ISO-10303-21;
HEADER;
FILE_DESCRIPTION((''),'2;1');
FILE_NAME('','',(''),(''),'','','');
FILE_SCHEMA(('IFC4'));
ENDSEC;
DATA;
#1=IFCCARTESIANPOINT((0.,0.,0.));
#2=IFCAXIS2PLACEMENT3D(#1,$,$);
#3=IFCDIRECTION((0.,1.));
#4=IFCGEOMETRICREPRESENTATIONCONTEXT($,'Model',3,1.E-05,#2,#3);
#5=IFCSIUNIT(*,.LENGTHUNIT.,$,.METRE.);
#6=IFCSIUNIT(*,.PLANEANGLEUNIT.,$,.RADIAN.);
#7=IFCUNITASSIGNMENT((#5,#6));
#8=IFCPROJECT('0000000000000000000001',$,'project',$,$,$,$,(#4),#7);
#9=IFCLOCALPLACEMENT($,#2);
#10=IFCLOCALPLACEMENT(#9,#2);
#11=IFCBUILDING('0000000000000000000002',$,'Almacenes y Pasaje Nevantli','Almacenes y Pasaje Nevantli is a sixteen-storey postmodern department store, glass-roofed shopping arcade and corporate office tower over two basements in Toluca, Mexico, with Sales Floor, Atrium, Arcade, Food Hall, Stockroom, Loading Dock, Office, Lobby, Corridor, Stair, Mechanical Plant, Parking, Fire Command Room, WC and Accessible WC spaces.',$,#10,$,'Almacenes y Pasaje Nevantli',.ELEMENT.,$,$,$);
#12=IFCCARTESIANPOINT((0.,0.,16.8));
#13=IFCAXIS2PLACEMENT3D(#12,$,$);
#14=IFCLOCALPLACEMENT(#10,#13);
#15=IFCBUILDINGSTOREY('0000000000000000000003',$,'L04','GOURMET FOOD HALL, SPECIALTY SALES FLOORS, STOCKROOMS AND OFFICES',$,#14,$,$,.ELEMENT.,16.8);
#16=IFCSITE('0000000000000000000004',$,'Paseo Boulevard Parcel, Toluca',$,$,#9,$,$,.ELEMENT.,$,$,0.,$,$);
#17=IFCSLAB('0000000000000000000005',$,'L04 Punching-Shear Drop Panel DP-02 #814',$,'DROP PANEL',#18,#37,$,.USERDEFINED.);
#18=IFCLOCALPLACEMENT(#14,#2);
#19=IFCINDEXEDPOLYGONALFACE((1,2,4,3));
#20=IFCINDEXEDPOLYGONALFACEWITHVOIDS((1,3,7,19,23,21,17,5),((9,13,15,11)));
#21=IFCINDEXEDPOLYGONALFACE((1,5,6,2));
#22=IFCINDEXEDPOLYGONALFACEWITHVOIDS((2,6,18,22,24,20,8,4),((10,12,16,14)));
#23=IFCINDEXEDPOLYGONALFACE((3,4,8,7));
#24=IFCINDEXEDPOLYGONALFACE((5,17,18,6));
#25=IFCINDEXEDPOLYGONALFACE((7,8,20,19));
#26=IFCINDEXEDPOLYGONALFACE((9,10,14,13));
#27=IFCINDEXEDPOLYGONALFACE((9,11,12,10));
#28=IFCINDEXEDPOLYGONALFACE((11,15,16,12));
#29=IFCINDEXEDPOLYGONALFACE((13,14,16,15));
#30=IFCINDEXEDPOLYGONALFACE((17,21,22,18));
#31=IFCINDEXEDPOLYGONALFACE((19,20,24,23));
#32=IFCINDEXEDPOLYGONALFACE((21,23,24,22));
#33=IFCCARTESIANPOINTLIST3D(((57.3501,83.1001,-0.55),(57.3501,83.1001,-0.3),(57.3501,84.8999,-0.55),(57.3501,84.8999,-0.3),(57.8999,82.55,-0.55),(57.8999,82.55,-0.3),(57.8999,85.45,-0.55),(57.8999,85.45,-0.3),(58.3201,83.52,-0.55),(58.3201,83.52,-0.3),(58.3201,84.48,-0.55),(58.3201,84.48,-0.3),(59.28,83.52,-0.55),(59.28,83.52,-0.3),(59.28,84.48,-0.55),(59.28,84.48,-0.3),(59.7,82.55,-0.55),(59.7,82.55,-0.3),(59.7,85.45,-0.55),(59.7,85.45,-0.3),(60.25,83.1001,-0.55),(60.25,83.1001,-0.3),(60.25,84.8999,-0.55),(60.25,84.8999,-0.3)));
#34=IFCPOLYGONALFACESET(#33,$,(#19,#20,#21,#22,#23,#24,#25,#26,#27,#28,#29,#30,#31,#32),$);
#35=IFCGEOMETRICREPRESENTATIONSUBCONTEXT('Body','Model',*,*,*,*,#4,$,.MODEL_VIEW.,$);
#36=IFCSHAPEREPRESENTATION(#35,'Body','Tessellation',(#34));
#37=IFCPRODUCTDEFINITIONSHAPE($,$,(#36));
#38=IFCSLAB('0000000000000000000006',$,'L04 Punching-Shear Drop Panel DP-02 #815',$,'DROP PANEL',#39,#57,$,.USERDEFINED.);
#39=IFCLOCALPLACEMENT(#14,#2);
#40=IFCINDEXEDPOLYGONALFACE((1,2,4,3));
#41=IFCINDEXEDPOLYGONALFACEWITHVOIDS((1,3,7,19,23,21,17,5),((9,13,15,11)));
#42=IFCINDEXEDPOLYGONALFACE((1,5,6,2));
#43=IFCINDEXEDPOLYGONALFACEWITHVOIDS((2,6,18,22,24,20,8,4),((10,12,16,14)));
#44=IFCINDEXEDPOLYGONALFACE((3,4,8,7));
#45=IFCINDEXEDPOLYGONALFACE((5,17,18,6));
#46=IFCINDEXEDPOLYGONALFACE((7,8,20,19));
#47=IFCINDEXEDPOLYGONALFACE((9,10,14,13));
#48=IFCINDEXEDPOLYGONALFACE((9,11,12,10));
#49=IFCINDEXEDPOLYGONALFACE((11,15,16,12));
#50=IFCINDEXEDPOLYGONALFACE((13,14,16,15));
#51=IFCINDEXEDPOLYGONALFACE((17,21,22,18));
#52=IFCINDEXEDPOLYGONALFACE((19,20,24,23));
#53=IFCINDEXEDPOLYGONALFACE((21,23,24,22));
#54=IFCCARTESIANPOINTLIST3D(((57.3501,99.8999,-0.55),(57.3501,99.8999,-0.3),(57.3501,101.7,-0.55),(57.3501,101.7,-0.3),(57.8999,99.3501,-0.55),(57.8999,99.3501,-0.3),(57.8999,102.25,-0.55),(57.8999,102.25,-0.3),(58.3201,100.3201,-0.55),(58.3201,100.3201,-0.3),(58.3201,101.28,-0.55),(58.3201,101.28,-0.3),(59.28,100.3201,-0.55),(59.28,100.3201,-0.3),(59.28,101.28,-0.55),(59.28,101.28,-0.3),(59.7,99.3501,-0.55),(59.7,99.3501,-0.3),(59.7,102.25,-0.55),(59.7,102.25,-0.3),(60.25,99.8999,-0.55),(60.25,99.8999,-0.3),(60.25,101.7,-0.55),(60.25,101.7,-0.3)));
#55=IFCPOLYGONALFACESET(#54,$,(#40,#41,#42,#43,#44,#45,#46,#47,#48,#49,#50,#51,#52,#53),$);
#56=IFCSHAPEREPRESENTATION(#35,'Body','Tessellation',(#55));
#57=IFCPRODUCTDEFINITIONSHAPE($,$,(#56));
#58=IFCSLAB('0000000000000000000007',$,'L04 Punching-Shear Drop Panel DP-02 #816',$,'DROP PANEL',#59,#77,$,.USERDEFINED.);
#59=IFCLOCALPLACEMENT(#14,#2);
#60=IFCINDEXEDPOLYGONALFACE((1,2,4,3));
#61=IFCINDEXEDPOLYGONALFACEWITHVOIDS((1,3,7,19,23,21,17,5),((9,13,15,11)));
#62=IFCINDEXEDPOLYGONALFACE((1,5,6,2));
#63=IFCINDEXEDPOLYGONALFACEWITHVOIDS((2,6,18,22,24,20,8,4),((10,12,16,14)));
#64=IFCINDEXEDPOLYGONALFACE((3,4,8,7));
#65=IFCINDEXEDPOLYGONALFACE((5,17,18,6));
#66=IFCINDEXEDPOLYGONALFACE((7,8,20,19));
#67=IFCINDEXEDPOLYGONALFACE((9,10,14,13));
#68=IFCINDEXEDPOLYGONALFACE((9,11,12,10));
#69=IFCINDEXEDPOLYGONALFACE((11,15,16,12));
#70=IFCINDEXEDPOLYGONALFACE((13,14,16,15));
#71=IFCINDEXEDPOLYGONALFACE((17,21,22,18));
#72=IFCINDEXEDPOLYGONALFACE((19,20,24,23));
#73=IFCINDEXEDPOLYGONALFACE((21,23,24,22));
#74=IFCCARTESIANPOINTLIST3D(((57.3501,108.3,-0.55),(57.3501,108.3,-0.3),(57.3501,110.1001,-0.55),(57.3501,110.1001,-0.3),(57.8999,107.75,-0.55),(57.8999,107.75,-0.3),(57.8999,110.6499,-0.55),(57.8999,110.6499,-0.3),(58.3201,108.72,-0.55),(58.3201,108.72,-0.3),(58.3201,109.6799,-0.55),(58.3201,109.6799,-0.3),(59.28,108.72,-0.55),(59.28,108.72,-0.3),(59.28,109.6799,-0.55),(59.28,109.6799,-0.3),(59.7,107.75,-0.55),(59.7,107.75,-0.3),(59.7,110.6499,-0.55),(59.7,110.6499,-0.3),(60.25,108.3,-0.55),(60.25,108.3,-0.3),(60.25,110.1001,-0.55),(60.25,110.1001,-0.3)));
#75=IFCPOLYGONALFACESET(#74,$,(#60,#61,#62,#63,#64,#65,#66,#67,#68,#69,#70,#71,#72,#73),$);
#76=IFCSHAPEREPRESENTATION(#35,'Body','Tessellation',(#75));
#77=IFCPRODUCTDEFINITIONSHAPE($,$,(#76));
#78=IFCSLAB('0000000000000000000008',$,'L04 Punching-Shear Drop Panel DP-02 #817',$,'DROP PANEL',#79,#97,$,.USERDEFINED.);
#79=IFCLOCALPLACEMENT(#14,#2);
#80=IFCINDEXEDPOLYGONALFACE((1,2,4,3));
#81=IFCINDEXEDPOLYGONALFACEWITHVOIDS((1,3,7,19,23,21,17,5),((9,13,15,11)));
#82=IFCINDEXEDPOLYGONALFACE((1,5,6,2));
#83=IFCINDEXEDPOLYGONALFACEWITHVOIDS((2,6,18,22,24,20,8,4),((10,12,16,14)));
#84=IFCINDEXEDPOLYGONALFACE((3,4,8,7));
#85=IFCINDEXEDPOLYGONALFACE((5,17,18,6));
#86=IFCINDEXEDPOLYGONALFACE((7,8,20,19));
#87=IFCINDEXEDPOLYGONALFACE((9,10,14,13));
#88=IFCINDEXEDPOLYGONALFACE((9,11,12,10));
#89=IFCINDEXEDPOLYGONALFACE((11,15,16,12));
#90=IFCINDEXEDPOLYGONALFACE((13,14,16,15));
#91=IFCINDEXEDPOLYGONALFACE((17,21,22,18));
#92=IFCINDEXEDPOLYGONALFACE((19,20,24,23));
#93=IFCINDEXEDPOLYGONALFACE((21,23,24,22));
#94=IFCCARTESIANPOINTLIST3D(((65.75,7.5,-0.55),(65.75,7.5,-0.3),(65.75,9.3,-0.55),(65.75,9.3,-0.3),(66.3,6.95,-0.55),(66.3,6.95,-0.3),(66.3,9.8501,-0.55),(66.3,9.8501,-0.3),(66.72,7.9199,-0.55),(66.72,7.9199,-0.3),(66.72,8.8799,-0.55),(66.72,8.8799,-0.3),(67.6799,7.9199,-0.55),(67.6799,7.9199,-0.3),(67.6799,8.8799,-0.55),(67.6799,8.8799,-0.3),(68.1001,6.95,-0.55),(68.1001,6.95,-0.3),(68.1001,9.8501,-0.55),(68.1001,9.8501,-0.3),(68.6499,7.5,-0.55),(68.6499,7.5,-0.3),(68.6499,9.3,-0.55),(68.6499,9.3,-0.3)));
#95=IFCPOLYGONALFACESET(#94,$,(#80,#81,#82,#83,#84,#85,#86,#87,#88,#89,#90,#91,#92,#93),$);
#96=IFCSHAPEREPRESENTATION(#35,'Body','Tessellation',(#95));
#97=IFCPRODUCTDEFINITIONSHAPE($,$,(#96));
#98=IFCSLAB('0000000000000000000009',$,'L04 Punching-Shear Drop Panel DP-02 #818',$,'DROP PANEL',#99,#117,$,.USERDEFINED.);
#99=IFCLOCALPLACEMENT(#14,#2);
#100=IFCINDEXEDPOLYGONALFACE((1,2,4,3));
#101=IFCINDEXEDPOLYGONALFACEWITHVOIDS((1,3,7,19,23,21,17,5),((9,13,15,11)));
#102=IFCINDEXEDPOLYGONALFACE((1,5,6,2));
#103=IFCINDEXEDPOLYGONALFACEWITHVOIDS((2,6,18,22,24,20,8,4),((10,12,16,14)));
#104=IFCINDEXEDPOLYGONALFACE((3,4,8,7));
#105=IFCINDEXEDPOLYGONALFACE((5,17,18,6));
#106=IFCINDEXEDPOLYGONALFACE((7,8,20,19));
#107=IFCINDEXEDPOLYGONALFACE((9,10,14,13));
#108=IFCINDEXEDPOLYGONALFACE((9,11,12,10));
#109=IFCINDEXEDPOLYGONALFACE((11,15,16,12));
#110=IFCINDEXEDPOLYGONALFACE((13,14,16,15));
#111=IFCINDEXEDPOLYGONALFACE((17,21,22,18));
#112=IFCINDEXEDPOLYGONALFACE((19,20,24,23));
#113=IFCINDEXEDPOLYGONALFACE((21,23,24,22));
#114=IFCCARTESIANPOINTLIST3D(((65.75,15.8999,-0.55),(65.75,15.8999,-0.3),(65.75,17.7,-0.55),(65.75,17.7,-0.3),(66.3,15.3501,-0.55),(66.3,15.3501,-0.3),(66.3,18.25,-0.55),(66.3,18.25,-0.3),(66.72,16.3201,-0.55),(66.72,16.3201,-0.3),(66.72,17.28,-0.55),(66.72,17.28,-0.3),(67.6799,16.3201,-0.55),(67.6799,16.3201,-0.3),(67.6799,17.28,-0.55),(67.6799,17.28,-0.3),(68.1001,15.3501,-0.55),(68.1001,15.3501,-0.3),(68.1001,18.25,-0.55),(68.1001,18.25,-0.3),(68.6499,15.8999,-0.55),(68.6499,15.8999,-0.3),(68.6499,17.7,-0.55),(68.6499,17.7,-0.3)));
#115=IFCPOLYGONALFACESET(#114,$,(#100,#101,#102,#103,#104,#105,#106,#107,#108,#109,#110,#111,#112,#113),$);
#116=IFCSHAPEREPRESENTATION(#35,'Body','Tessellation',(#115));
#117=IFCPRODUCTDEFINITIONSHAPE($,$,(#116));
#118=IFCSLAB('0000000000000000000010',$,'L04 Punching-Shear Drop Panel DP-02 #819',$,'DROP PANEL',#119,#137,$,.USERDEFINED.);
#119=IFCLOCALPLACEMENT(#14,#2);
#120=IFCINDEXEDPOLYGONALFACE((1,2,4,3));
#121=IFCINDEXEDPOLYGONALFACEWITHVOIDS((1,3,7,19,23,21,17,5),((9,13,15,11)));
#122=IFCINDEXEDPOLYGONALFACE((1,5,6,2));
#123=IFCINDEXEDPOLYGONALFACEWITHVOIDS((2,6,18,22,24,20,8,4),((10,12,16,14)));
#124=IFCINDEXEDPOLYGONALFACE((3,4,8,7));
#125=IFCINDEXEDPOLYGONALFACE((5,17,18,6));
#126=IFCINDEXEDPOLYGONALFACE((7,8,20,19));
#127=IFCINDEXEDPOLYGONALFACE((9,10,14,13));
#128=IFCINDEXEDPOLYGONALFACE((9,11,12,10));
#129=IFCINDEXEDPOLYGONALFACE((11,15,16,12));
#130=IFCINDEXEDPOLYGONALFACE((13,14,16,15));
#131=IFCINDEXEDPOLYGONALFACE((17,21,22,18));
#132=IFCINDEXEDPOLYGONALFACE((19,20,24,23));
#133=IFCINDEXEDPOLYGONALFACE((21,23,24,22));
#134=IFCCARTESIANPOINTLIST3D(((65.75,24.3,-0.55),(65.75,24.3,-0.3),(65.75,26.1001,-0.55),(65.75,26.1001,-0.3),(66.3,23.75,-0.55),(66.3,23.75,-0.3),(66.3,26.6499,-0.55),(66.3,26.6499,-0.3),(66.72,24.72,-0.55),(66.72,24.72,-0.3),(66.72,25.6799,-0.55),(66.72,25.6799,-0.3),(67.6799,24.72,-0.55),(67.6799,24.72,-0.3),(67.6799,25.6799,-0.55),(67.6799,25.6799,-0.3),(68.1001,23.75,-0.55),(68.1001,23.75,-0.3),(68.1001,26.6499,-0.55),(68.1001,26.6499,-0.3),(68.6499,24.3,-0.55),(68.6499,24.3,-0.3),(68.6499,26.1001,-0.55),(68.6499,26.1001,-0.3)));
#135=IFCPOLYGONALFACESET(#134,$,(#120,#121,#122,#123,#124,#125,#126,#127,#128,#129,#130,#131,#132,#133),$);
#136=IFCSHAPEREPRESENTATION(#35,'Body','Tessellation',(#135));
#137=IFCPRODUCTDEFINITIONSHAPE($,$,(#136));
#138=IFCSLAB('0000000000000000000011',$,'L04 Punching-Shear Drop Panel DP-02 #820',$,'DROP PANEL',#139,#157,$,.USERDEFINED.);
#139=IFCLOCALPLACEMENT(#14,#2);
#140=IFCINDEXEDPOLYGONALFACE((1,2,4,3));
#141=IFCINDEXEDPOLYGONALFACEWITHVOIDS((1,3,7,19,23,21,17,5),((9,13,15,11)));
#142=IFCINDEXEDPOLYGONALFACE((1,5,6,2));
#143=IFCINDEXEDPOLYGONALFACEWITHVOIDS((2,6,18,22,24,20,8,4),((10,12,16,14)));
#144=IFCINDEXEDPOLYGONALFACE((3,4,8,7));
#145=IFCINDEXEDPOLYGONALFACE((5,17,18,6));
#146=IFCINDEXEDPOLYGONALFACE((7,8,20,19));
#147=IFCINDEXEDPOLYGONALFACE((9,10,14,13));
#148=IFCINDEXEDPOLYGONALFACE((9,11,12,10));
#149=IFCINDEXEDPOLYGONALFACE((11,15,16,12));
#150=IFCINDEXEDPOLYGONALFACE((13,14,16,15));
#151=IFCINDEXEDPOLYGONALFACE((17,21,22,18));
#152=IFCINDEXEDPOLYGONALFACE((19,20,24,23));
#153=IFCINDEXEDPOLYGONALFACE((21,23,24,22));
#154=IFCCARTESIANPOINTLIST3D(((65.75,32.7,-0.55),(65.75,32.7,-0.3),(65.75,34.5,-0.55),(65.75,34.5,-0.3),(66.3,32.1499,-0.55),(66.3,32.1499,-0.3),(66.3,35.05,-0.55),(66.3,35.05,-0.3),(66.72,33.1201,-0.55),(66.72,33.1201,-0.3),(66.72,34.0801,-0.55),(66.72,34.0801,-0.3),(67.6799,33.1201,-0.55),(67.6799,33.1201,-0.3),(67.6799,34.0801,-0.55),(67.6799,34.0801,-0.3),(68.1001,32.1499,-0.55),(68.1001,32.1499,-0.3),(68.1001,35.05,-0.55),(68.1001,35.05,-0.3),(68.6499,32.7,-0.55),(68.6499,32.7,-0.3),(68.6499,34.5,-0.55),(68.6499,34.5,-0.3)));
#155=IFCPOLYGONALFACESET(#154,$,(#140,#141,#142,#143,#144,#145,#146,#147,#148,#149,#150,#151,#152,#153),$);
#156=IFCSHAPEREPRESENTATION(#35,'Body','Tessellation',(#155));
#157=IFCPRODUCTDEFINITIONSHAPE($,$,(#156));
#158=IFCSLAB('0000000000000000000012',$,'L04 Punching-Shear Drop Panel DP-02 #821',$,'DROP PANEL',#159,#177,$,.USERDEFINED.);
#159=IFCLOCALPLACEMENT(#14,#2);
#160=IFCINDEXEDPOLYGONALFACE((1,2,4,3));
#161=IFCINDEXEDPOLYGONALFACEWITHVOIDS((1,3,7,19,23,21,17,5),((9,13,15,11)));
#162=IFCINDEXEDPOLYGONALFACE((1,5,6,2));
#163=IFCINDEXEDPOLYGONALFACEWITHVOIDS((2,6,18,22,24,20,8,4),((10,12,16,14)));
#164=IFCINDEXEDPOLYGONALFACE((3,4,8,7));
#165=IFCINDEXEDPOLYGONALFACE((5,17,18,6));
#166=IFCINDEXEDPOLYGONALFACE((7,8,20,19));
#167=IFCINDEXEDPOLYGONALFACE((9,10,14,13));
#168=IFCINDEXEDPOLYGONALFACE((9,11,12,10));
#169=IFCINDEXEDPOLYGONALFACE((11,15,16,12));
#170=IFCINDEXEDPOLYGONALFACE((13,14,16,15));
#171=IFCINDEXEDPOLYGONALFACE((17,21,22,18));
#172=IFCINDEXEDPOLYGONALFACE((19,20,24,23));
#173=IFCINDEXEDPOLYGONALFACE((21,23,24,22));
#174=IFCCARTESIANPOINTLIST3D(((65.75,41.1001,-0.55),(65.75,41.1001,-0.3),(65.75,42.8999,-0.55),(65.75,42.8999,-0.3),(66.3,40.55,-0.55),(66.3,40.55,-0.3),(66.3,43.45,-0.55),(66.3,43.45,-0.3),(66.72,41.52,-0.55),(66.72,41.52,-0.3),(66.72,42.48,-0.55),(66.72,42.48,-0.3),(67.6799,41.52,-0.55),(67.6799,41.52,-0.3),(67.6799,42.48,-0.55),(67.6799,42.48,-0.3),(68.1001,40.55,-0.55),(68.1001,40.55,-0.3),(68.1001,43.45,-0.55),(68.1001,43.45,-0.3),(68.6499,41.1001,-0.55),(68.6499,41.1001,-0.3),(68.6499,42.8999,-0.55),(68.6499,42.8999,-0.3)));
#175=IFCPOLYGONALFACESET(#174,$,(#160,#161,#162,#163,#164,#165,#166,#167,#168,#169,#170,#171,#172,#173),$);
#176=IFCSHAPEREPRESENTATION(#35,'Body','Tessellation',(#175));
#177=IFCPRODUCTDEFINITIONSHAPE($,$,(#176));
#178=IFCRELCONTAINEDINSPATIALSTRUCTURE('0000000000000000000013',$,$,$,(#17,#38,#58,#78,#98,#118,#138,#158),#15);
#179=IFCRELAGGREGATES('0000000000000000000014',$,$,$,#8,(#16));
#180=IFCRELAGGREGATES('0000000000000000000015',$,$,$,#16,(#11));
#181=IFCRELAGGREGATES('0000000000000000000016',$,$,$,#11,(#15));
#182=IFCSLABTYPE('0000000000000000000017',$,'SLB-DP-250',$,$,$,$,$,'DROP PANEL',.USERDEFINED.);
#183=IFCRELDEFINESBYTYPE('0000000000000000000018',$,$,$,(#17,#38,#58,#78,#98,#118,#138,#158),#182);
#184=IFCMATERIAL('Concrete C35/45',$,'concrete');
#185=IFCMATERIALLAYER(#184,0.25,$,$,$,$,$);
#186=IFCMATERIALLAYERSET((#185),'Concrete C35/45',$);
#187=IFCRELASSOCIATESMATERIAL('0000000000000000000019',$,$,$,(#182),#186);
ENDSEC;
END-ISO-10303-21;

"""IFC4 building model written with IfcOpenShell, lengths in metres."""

from ifc_helpers import new_model, si_unit, direction, frame, origin, place, context, subcontext, project, spatial, polyline, outline, extrude, material, layer, layer_set, type_object, element, save


model = new_model("IFC4")

# Units and contexts
model_context = context("Model", 3, precision=1e-05, world=origin(), true_north=direction((0.0, 1.0)))
body_context = subcontext(model_context, "Body", "Model", "MODEL_VIEW")
ifc_project = project(units=[si_unit("LENGTHUNIT", "METRE"), si_unit("PLANEANGLEUNIT", "RADIAN")], contexts=[model_context])

# Site, building, storey
site_placement = place(None, origin())
site = spatial("IfcSite", under=ifc_project, at=site_placement, Name="Paseo Boulevard Parcel, Toluca", CompositionType="ELEMENT", RefElevation=0.0)
building_placement = place(site_placement, origin())
building = spatial("IfcBuilding", under=site, at=building_placement, Name="Almacenes y Pasaje Nevantli", Description="Almacenes y Pasaje Nevantli is a sixteen-storey postmodern department store, glass-roofed shopping arcade and corporate office tower over two basements in Toluca, Mexico, with Sales Floor, Atrium, Arcade, Food Hall, Stockroom, Loading Dock, Office, Lobby, Corridor, Stair, Mechanical Plant, Parking, Fire Command Room, WC and Accessible WC spaces.", LongName="Almacenes y Pasaje Nevantli", CompositionType="ELEMENT")
storey_placement = place(building_placement, frame((0.0, 0.0, 16.8)))
storey = spatial("IfcBuildingStorey", under=building, at=storey_placement, Name="L04", Description="GOURMET FOOD HALL, SPECIALTY SALES FLOORS, STOCKROOMS AND OFFICES", CompositionType="ELEMENT", Elevation=16.8)

# Slabs
ifc_material_1 = material(Name="Concrete C35/45", Category="concrete")
ifc_layer_1 = layer(ifc_material_1, 0.25)
ifc_layer_set_1 = layer_set([ifc_layer_1], Name="Concrete C35/45")
slab_type_1 = type_object("IfcSlabType", Name="SLB-DP-250", ElementType="DROP PANEL", PredefinedType="USERDEFINED", material=ifc_layer_set_1)
slab_1_placement = place(storey_placement, frame((0.0, 0.0, -0.55)))
element("IfcSlab", 1, at=slab_1_placement, inside=storey, type_object=slab_type_1, Name="L04 Punching-Shear Drop Panel DP-02 #814", ObjectType="DROP PANEL", PredefinedType="USERDEFINED", context=body_context, shape_type="SweptSolid", body=[
    extrude(outline(polyline([(57.8999, 82.55), (59.7, 82.55), (60.25, 83.1001), (60.25, 84.8999), (59.7, 85.45), (57.8999, 85.45), (57.3501, 84.8999), (57.3501, 83.1001), (57.8999, 82.55)]), holes=[polyline([(58.3201, 83.52), (59.28, 83.52), (59.28, 84.48), (58.3201, 84.48), (58.3201, 83.52)])]), origin(), (0.0, 0.0, 1.0), 0.25),
])
slab_2_placement = place(storey_placement, frame((0.0, 0.0, -0.55)))
element("IfcSlab", 2, at=slab_2_placement, inside=storey, type_object=slab_type_1, Name="L04 Punching-Shear Drop Panel DP-02 #815", ObjectType="DROP PANEL", PredefinedType="USERDEFINED", context=body_context, shape_type="SweptSolid", body=[
    extrude(outline(polyline([(57.8999, 99.3501), (59.7, 99.3501), (60.25, 99.8999), (60.25, 101.7), (59.7, 102.25), (57.8999, 102.25), (57.3501, 101.7), (57.3501, 99.8999), (57.8999, 99.3501)]), holes=[polyline([(58.3201, 100.3201), (59.28, 100.3201), (59.28, 101.28), (58.3201, 101.28), (58.3201, 100.3201)])]), origin(), (0.0, 0.0, 1.0), 0.25),
])
slab_3_placement = place(storey_placement, frame((0.0, 0.0, -0.55)))
element("IfcSlab", 3, at=slab_3_placement, inside=storey, type_object=slab_type_1, Name="L04 Punching-Shear Drop Panel DP-02 #816", ObjectType="DROP PANEL", PredefinedType="USERDEFINED", context=body_context, shape_type="SweptSolid", body=[
    extrude(outline(polyline([(57.8999, 107.75), (59.7, 107.75), (60.25, 108.3), (60.25, 110.1001), (59.7, 110.6499), (57.8999, 110.6499), (57.3501, 110.1001), (57.3501, 108.3), (57.8999, 107.75)]), holes=[polyline([(58.3201, 108.72), (59.28, 108.72), (59.28, 109.6799), (58.3201, 109.6799), (58.3201, 108.72)])]), origin(), (0.0, 0.0, 1.0), 0.25),
])
slab_4_placement = place(storey_placement, frame((0.0, 0.0, -0.55)))
element("IfcSlab", 4, at=slab_4_placement, inside=storey, type_object=slab_type_1, Name="L04 Punching-Shear Drop Panel DP-02 #817", ObjectType="DROP PANEL", PredefinedType="USERDEFINED", context=body_context, shape_type="SweptSolid", body=[
    extrude(outline(polyline([(66.3, 6.95), (68.1001, 6.95), (68.6499, 7.5), (68.6499, 9.3), (68.1001, 9.8501), (66.3, 9.8501), (65.75, 9.3), (65.75, 7.5), (66.3, 6.95)]), holes=[polyline([(66.72, 7.9199), (67.6799, 7.9199), (67.6799, 8.8799), (66.72, 8.8799), (66.72, 7.9199)])]), origin(), (0.0, 0.0, 1.0), 0.25),
])
slab_5_placement = place(storey_placement, frame((0.0, 0.0, -0.55)))
element("IfcSlab", 5, at=slab_5_placement, inside=storey, type_object=slab_type_1, Name="L04 Punching-Shear Drop Panel DP-02 #818", ObjectType="DROP PANEL", PredefinedType="USERDEFINED", context=body_context, shape_type="SweptSolid", body=[
    extrude(outline(polyline([(66.3, 15.3501), (68.1001, 15.3501), (68.6499, 15.8999), (68.6499, 17.7), (68.1001, 18.25), (66.3, 18.25), (65.75, 17.7), (65.75, 15.8999), (66.3, 15.3501)]), holes=[polyline([(66.72, 16.3201), (67.6799, 16.3201), (67.6799, 17.28), (66.72, 17.28), (66.72, 16.3201)])]), origin(), (0.0, 0.0, 1.0), 0.25),
])
slab_6_placement = place(storey_placement, frame((0.0, 0.0, -0.55)))
element("IfcSlab", 6, at=slab_6_placement, inside=storey, type_object=slab_type_1, Name="L04 Punching-Shear Drop Panel DP-02 #819", ObjectType="DROP PANEL", PredefinedType="USERDEFINED", context=body_context, shape_type="SweptSolid", body=[
    extrude(outline(polyline([(66.3, 23.75), (68.1001, 23.75), (68.6499, 24.3), (68.6499, 26.1001), (68.1001, 26.6499), (66.3, 26.6499), (65.75, 26.1001), (65.75, 24.3), (66.3, 23.75)]), holes=[polyline([(66.72, 24.72), (67.6799, 24.72), (67.6799, 25.6799), (66.72, 25.6799), (66.72, 24.72)])]), origin(), (0.0, 0.0, 1.0), 0.25),
])
slab_7_placement = place(storey_placement, frame((0.0, 0.0, -0.55)))
element("IfcSlab", 7, at=slab_7_placement, inside=storey, type_object=slab_type_1, Name="L04 Punching-Shear Drop Panel DP-02 #820", ObjectType="DROP PANEL", PredefinedType="USERDEFINED", context=body_context, shape_type="SweptSolid", body=[
    extrude(outline(polyline([(66.3, 32.1499), (68.1001, 32.1499), (68.6499, 32.7), (68.6499, 34.5), (68.1001, 35.05), (66.3, 35.05), (65.75, 34.5), (65.75, 32.7), (66.3, 32.1499)]), holes=[polyline([(66.72, 33.1201), (67.6799, 33.1201), (67.6799, 34.0801), (66.72, 34.0801), (66.72, 33.1201)])]), origin(), (0.0, 0.0, 1.0), 0.25),
])
slab_8_placement = place(storey_placement, frame((0.0, 0.0, -0.55)))
element("IfcSlab", 8, at=slab_8_placement, inside=storey, type_object=slab_type_1, Name="L04 Punching-Shear Drop Panel DP-02 #821", ObjectType="DROP PANEL", PredefinedType="USERDEFINED", context=body_context, shape_type="SweptSolid", body=[
    extrude(outline(polyline([(66.3, 40.55), (68.1001, 40.55), (68.6499, 41.1001), (68.6499, 42.8999), (68.1001, 43.45), (66.3, 43.45), (65.75, 42.8999), (65.75, 41.1001), (66.3, 40.55)]), holes=[polyline([(66.72, 41.52), (67.6799, 41.52), (67.6799, 42.48), (66.72, 42.48), (66.72, 41.52)])]), origin(), (0.0, 0.0, 1.0), 0.25),
])

save(model, "model.ifc")
